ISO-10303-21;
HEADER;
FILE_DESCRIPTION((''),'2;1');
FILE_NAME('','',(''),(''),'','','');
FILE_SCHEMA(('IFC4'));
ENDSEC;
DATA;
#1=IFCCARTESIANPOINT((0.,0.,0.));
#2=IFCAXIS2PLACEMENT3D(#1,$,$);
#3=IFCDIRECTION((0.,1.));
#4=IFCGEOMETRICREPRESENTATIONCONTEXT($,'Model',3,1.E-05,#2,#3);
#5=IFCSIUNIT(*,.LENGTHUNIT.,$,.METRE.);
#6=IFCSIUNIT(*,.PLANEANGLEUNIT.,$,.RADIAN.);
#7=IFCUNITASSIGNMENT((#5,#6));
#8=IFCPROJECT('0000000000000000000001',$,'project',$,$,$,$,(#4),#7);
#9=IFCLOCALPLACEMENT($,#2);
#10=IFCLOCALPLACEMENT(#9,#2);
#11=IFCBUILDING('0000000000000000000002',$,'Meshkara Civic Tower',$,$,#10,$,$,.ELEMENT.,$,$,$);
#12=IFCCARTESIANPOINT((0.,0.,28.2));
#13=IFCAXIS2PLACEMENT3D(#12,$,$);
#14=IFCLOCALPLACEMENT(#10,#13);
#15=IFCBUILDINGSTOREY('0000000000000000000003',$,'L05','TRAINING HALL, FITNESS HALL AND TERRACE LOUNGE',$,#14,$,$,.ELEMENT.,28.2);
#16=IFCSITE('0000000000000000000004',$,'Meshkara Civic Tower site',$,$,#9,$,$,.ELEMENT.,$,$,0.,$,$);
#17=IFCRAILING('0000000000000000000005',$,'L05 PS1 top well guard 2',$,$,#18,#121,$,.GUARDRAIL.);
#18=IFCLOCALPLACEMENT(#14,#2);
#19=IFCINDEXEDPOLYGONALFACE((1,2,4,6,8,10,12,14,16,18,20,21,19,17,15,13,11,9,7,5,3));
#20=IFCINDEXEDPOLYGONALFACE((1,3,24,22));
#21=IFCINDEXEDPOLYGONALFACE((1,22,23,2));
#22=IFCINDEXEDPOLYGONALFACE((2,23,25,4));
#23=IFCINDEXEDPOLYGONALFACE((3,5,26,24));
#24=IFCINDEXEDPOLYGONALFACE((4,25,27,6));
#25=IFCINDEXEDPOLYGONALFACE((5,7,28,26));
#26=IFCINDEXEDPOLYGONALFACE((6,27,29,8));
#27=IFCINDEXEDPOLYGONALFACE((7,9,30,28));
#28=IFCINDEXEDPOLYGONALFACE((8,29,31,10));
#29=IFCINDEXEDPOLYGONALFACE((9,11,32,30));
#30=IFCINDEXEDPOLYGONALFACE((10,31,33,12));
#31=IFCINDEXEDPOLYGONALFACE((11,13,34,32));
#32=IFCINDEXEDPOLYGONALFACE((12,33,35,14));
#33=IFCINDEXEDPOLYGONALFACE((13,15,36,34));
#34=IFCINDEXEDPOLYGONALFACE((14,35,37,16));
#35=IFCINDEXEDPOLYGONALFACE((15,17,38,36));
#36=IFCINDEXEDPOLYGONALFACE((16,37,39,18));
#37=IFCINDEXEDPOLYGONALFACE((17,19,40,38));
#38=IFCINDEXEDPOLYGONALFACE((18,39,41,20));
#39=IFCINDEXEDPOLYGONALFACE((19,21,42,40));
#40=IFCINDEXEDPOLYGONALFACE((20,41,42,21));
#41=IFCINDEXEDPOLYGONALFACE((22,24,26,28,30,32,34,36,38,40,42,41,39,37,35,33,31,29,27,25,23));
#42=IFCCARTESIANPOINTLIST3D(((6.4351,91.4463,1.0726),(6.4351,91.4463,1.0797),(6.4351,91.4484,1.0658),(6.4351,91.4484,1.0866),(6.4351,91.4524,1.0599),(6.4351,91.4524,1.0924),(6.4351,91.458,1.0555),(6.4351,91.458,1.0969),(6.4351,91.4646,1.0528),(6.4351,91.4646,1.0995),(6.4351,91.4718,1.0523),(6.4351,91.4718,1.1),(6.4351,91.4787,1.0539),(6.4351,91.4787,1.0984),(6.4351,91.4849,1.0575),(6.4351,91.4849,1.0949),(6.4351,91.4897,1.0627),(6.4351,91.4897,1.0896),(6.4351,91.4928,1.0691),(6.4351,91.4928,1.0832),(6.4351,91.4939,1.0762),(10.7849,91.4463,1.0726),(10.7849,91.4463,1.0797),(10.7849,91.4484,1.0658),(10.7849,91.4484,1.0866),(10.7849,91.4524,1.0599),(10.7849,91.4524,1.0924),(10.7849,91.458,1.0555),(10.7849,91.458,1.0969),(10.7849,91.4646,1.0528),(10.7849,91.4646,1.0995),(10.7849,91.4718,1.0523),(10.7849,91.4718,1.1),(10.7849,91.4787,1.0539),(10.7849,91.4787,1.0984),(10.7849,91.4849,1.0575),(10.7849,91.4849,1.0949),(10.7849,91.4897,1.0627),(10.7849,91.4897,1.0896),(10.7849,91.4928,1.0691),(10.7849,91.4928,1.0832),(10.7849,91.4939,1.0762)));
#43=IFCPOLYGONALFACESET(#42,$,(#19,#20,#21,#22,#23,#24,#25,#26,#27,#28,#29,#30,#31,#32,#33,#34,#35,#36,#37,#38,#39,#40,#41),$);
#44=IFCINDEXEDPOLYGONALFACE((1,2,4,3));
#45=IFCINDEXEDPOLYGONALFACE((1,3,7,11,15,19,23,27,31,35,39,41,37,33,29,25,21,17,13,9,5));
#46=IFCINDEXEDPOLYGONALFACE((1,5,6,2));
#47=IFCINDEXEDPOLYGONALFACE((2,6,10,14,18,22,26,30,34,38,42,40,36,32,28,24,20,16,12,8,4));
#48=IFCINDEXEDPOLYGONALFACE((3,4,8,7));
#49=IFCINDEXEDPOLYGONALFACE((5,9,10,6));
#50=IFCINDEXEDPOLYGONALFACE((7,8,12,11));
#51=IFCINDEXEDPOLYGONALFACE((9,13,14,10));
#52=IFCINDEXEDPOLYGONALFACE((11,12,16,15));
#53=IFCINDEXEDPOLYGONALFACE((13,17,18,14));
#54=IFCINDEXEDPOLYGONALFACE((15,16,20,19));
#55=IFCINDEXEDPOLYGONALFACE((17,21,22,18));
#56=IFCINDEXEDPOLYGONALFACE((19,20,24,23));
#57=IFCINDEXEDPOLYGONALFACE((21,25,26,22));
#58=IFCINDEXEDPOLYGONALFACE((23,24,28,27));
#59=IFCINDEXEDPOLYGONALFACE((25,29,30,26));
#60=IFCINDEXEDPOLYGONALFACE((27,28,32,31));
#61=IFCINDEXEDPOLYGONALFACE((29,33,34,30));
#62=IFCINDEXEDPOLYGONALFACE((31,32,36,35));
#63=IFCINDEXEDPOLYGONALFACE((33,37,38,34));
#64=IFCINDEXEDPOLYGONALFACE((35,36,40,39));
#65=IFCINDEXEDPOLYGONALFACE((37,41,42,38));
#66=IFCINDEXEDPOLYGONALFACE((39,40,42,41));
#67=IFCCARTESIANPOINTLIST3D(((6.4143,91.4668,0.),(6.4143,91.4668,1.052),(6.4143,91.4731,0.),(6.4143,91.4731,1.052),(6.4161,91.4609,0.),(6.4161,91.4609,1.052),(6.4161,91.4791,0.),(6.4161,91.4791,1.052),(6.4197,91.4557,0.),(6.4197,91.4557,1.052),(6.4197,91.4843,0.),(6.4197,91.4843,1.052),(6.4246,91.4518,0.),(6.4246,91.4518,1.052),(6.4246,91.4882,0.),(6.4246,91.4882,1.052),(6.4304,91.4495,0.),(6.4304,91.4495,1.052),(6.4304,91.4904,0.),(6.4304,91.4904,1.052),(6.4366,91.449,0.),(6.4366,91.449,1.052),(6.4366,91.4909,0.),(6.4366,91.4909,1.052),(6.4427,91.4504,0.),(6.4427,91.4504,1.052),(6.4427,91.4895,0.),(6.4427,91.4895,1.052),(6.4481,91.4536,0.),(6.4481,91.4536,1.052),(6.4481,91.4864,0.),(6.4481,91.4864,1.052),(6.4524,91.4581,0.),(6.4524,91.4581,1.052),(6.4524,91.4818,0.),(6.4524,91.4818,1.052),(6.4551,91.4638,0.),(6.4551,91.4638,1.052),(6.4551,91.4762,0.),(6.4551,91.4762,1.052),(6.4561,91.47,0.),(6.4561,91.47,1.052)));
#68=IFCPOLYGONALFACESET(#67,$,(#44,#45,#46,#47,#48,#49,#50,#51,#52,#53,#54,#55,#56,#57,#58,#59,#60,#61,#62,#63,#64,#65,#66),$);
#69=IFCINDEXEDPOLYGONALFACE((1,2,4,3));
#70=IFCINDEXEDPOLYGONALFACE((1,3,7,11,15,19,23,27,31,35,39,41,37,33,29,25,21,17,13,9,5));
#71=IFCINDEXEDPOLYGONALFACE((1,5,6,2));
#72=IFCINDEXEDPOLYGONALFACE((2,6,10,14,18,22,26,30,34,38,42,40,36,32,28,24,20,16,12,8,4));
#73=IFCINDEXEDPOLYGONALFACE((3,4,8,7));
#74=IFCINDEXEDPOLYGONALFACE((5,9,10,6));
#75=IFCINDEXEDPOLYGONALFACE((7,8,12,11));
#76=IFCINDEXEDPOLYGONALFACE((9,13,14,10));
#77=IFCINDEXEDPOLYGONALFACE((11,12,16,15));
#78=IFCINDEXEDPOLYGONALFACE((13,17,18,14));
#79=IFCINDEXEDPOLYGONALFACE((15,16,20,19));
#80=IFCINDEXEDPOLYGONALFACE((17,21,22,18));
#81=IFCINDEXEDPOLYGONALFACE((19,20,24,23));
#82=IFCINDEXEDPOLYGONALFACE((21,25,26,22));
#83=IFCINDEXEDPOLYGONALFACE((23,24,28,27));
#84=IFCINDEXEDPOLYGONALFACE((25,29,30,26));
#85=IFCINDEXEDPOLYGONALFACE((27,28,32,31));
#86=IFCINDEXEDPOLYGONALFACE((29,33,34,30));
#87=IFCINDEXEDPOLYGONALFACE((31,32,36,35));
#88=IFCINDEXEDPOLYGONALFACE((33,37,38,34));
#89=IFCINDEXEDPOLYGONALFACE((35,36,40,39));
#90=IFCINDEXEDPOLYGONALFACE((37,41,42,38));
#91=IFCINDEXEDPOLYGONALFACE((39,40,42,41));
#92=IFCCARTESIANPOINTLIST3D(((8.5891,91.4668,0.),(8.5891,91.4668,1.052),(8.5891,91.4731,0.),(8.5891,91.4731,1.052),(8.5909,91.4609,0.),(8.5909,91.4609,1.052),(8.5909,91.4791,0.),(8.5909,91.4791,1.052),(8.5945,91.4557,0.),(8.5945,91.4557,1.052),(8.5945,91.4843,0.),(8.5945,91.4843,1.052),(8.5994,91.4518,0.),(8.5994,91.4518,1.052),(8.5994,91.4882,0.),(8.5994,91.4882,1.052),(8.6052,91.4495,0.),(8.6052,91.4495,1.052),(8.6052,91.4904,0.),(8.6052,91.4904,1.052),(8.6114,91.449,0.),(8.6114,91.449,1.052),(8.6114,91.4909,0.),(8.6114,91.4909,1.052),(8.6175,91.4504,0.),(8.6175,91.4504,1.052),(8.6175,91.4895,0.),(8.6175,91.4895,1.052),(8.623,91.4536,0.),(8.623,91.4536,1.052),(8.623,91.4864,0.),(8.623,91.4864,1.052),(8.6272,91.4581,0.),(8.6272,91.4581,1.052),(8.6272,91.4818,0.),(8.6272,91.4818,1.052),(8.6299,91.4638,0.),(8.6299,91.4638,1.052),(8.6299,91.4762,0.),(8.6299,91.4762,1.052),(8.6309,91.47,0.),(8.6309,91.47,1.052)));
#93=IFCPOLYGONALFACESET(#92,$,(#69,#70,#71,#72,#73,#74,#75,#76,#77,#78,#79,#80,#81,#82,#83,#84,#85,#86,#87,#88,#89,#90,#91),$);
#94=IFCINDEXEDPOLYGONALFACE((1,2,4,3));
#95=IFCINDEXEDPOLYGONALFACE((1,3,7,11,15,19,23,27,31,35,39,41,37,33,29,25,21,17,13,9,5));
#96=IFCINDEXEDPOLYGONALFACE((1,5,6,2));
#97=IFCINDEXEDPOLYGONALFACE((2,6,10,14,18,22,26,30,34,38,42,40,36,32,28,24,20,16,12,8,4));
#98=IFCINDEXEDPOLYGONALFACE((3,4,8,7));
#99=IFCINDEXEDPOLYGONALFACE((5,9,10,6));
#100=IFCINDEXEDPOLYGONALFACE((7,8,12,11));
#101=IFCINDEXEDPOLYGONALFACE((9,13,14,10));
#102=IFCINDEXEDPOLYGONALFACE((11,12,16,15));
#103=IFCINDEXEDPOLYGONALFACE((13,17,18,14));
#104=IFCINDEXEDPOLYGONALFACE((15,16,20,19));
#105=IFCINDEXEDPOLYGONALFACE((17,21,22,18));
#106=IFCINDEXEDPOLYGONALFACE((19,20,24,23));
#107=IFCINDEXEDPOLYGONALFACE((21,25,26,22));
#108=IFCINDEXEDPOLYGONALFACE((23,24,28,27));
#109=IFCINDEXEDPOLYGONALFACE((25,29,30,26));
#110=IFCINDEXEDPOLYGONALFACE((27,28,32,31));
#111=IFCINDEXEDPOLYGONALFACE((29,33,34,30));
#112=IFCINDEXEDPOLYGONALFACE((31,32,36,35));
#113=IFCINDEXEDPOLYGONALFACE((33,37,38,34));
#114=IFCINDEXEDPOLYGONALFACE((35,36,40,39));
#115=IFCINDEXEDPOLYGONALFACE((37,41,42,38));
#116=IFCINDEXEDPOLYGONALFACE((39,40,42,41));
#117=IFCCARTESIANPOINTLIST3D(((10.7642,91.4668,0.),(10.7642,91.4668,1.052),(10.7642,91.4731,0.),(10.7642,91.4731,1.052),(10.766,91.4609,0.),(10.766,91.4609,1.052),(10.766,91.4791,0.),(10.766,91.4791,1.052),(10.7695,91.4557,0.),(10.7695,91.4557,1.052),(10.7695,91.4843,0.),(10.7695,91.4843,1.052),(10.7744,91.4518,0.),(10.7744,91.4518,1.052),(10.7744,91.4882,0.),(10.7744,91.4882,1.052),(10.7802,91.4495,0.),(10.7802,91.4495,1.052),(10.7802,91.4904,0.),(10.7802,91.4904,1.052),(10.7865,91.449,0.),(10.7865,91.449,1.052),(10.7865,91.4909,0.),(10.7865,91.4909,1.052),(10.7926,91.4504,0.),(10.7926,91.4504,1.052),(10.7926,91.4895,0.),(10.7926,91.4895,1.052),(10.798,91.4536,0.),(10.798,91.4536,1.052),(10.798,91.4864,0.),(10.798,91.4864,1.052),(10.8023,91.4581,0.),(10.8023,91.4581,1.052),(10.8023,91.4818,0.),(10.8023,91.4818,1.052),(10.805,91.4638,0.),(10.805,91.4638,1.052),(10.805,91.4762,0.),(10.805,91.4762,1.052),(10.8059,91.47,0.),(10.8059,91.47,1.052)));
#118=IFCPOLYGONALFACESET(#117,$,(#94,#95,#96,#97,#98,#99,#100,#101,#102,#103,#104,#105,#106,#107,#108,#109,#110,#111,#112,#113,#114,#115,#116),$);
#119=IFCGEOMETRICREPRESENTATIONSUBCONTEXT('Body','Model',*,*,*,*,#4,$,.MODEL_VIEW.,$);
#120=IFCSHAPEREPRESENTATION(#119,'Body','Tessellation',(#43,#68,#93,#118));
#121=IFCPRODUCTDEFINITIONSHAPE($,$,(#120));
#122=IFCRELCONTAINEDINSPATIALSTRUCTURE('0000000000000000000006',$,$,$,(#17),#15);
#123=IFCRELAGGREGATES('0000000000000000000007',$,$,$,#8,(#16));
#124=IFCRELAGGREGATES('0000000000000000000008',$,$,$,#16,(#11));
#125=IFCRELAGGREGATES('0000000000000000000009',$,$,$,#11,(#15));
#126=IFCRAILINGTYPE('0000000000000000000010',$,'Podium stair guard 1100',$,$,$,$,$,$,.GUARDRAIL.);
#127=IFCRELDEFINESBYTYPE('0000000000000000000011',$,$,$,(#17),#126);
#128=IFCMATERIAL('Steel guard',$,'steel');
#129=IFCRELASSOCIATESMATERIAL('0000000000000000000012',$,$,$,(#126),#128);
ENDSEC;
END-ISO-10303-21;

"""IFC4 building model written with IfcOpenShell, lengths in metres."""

from ifc_helpers import new_model, si_unit, direction, frame, origin, origin_2d, place, context, subcontext, project, spatial, circle, extrude, material, type_object, element, save


model = new_model("IFC4")

# Units and contexts
model_context = context("Model", 3, precision=1e-05, world=origin(), true_north=direction((0.0, 1.0)))
body_context = subcontext(model_context, "Body", "Model", "MODEL_VIEW")
ifc_project = project(units=[si_unit("LENGTHUNIT", "METRE"), si_unit("PLANEANGLEUNIT", "RADIAN")], contexts=[model_context])

# Site, building, storey
site_placement = place(None, origin())
site = spatial("IfcSite", under=ifc_project, at=site_placement, Name="Meshkara Civic Tower site", CompositionType="ELEMENT", RefElevation=0.0)
building_placement = place(site_placement, origin())
building = spatial("IfcBuilding", under=site, at=building_placement, Name="Meshkara Civic Tower", CompositionType="ELEMENT")
storey_placement = place(building_placement, frame((0.0, 0.0, 28.2)))
storey = spatial("IfcBuildingStorey", under=building, at=storey_placement, Name="L05", Description="TRAINING HALL, FITNESS HALL AND TERRACE LOUNGE", CompositionType="ELEMENT", Elevation=28.2)

# Railing
ifc_material_1 = material(Name="Steel guard", Category="steel")
railing_type = type_object("IfcRailingType", Name="Podium stair guard 1100", PredefinedType="GUARDRAIL", material=ifc_material_1)
railing_1_placement = place(storey_placement, frame((6.4351, 91.47, 0.0)))
element("IfcRailing", 1, at=railing_1_placement, inside=storey, type_object=railing_type, Name="L05 PS1 top well guard 2", PredefinedType="GUARDRAIL", context=body_context, shape_type="SweptSolid", body=[
    extrude(circle(Radius=0.0239, at=origin_2d()), frame((0.0, 0.0, 1.0762), z_axis=(1.0, 0.0, 0.0), x_axis=(0.0, 1.0, 0.0)), (0.0, 0.0, 1.0), 4.3499),
    extrude(circle(Radius=0.021, at=origin_2d()), origin(), (0.0, 0.0, 1.0), 1.052),
    extrude(circle(Radius=0.021, at=origin_2d()), frame((2.1748, 0.0, 0.0)), (0.0, 0.0, 1.0), 1.052),
    extrude(circle(Radius=0.021, at=origin_2d()), frame((4.3499, 0.0, 0.0)), (0.0, 0.0, 1.0), 1.052),
])

save(model, "model.ifc")
